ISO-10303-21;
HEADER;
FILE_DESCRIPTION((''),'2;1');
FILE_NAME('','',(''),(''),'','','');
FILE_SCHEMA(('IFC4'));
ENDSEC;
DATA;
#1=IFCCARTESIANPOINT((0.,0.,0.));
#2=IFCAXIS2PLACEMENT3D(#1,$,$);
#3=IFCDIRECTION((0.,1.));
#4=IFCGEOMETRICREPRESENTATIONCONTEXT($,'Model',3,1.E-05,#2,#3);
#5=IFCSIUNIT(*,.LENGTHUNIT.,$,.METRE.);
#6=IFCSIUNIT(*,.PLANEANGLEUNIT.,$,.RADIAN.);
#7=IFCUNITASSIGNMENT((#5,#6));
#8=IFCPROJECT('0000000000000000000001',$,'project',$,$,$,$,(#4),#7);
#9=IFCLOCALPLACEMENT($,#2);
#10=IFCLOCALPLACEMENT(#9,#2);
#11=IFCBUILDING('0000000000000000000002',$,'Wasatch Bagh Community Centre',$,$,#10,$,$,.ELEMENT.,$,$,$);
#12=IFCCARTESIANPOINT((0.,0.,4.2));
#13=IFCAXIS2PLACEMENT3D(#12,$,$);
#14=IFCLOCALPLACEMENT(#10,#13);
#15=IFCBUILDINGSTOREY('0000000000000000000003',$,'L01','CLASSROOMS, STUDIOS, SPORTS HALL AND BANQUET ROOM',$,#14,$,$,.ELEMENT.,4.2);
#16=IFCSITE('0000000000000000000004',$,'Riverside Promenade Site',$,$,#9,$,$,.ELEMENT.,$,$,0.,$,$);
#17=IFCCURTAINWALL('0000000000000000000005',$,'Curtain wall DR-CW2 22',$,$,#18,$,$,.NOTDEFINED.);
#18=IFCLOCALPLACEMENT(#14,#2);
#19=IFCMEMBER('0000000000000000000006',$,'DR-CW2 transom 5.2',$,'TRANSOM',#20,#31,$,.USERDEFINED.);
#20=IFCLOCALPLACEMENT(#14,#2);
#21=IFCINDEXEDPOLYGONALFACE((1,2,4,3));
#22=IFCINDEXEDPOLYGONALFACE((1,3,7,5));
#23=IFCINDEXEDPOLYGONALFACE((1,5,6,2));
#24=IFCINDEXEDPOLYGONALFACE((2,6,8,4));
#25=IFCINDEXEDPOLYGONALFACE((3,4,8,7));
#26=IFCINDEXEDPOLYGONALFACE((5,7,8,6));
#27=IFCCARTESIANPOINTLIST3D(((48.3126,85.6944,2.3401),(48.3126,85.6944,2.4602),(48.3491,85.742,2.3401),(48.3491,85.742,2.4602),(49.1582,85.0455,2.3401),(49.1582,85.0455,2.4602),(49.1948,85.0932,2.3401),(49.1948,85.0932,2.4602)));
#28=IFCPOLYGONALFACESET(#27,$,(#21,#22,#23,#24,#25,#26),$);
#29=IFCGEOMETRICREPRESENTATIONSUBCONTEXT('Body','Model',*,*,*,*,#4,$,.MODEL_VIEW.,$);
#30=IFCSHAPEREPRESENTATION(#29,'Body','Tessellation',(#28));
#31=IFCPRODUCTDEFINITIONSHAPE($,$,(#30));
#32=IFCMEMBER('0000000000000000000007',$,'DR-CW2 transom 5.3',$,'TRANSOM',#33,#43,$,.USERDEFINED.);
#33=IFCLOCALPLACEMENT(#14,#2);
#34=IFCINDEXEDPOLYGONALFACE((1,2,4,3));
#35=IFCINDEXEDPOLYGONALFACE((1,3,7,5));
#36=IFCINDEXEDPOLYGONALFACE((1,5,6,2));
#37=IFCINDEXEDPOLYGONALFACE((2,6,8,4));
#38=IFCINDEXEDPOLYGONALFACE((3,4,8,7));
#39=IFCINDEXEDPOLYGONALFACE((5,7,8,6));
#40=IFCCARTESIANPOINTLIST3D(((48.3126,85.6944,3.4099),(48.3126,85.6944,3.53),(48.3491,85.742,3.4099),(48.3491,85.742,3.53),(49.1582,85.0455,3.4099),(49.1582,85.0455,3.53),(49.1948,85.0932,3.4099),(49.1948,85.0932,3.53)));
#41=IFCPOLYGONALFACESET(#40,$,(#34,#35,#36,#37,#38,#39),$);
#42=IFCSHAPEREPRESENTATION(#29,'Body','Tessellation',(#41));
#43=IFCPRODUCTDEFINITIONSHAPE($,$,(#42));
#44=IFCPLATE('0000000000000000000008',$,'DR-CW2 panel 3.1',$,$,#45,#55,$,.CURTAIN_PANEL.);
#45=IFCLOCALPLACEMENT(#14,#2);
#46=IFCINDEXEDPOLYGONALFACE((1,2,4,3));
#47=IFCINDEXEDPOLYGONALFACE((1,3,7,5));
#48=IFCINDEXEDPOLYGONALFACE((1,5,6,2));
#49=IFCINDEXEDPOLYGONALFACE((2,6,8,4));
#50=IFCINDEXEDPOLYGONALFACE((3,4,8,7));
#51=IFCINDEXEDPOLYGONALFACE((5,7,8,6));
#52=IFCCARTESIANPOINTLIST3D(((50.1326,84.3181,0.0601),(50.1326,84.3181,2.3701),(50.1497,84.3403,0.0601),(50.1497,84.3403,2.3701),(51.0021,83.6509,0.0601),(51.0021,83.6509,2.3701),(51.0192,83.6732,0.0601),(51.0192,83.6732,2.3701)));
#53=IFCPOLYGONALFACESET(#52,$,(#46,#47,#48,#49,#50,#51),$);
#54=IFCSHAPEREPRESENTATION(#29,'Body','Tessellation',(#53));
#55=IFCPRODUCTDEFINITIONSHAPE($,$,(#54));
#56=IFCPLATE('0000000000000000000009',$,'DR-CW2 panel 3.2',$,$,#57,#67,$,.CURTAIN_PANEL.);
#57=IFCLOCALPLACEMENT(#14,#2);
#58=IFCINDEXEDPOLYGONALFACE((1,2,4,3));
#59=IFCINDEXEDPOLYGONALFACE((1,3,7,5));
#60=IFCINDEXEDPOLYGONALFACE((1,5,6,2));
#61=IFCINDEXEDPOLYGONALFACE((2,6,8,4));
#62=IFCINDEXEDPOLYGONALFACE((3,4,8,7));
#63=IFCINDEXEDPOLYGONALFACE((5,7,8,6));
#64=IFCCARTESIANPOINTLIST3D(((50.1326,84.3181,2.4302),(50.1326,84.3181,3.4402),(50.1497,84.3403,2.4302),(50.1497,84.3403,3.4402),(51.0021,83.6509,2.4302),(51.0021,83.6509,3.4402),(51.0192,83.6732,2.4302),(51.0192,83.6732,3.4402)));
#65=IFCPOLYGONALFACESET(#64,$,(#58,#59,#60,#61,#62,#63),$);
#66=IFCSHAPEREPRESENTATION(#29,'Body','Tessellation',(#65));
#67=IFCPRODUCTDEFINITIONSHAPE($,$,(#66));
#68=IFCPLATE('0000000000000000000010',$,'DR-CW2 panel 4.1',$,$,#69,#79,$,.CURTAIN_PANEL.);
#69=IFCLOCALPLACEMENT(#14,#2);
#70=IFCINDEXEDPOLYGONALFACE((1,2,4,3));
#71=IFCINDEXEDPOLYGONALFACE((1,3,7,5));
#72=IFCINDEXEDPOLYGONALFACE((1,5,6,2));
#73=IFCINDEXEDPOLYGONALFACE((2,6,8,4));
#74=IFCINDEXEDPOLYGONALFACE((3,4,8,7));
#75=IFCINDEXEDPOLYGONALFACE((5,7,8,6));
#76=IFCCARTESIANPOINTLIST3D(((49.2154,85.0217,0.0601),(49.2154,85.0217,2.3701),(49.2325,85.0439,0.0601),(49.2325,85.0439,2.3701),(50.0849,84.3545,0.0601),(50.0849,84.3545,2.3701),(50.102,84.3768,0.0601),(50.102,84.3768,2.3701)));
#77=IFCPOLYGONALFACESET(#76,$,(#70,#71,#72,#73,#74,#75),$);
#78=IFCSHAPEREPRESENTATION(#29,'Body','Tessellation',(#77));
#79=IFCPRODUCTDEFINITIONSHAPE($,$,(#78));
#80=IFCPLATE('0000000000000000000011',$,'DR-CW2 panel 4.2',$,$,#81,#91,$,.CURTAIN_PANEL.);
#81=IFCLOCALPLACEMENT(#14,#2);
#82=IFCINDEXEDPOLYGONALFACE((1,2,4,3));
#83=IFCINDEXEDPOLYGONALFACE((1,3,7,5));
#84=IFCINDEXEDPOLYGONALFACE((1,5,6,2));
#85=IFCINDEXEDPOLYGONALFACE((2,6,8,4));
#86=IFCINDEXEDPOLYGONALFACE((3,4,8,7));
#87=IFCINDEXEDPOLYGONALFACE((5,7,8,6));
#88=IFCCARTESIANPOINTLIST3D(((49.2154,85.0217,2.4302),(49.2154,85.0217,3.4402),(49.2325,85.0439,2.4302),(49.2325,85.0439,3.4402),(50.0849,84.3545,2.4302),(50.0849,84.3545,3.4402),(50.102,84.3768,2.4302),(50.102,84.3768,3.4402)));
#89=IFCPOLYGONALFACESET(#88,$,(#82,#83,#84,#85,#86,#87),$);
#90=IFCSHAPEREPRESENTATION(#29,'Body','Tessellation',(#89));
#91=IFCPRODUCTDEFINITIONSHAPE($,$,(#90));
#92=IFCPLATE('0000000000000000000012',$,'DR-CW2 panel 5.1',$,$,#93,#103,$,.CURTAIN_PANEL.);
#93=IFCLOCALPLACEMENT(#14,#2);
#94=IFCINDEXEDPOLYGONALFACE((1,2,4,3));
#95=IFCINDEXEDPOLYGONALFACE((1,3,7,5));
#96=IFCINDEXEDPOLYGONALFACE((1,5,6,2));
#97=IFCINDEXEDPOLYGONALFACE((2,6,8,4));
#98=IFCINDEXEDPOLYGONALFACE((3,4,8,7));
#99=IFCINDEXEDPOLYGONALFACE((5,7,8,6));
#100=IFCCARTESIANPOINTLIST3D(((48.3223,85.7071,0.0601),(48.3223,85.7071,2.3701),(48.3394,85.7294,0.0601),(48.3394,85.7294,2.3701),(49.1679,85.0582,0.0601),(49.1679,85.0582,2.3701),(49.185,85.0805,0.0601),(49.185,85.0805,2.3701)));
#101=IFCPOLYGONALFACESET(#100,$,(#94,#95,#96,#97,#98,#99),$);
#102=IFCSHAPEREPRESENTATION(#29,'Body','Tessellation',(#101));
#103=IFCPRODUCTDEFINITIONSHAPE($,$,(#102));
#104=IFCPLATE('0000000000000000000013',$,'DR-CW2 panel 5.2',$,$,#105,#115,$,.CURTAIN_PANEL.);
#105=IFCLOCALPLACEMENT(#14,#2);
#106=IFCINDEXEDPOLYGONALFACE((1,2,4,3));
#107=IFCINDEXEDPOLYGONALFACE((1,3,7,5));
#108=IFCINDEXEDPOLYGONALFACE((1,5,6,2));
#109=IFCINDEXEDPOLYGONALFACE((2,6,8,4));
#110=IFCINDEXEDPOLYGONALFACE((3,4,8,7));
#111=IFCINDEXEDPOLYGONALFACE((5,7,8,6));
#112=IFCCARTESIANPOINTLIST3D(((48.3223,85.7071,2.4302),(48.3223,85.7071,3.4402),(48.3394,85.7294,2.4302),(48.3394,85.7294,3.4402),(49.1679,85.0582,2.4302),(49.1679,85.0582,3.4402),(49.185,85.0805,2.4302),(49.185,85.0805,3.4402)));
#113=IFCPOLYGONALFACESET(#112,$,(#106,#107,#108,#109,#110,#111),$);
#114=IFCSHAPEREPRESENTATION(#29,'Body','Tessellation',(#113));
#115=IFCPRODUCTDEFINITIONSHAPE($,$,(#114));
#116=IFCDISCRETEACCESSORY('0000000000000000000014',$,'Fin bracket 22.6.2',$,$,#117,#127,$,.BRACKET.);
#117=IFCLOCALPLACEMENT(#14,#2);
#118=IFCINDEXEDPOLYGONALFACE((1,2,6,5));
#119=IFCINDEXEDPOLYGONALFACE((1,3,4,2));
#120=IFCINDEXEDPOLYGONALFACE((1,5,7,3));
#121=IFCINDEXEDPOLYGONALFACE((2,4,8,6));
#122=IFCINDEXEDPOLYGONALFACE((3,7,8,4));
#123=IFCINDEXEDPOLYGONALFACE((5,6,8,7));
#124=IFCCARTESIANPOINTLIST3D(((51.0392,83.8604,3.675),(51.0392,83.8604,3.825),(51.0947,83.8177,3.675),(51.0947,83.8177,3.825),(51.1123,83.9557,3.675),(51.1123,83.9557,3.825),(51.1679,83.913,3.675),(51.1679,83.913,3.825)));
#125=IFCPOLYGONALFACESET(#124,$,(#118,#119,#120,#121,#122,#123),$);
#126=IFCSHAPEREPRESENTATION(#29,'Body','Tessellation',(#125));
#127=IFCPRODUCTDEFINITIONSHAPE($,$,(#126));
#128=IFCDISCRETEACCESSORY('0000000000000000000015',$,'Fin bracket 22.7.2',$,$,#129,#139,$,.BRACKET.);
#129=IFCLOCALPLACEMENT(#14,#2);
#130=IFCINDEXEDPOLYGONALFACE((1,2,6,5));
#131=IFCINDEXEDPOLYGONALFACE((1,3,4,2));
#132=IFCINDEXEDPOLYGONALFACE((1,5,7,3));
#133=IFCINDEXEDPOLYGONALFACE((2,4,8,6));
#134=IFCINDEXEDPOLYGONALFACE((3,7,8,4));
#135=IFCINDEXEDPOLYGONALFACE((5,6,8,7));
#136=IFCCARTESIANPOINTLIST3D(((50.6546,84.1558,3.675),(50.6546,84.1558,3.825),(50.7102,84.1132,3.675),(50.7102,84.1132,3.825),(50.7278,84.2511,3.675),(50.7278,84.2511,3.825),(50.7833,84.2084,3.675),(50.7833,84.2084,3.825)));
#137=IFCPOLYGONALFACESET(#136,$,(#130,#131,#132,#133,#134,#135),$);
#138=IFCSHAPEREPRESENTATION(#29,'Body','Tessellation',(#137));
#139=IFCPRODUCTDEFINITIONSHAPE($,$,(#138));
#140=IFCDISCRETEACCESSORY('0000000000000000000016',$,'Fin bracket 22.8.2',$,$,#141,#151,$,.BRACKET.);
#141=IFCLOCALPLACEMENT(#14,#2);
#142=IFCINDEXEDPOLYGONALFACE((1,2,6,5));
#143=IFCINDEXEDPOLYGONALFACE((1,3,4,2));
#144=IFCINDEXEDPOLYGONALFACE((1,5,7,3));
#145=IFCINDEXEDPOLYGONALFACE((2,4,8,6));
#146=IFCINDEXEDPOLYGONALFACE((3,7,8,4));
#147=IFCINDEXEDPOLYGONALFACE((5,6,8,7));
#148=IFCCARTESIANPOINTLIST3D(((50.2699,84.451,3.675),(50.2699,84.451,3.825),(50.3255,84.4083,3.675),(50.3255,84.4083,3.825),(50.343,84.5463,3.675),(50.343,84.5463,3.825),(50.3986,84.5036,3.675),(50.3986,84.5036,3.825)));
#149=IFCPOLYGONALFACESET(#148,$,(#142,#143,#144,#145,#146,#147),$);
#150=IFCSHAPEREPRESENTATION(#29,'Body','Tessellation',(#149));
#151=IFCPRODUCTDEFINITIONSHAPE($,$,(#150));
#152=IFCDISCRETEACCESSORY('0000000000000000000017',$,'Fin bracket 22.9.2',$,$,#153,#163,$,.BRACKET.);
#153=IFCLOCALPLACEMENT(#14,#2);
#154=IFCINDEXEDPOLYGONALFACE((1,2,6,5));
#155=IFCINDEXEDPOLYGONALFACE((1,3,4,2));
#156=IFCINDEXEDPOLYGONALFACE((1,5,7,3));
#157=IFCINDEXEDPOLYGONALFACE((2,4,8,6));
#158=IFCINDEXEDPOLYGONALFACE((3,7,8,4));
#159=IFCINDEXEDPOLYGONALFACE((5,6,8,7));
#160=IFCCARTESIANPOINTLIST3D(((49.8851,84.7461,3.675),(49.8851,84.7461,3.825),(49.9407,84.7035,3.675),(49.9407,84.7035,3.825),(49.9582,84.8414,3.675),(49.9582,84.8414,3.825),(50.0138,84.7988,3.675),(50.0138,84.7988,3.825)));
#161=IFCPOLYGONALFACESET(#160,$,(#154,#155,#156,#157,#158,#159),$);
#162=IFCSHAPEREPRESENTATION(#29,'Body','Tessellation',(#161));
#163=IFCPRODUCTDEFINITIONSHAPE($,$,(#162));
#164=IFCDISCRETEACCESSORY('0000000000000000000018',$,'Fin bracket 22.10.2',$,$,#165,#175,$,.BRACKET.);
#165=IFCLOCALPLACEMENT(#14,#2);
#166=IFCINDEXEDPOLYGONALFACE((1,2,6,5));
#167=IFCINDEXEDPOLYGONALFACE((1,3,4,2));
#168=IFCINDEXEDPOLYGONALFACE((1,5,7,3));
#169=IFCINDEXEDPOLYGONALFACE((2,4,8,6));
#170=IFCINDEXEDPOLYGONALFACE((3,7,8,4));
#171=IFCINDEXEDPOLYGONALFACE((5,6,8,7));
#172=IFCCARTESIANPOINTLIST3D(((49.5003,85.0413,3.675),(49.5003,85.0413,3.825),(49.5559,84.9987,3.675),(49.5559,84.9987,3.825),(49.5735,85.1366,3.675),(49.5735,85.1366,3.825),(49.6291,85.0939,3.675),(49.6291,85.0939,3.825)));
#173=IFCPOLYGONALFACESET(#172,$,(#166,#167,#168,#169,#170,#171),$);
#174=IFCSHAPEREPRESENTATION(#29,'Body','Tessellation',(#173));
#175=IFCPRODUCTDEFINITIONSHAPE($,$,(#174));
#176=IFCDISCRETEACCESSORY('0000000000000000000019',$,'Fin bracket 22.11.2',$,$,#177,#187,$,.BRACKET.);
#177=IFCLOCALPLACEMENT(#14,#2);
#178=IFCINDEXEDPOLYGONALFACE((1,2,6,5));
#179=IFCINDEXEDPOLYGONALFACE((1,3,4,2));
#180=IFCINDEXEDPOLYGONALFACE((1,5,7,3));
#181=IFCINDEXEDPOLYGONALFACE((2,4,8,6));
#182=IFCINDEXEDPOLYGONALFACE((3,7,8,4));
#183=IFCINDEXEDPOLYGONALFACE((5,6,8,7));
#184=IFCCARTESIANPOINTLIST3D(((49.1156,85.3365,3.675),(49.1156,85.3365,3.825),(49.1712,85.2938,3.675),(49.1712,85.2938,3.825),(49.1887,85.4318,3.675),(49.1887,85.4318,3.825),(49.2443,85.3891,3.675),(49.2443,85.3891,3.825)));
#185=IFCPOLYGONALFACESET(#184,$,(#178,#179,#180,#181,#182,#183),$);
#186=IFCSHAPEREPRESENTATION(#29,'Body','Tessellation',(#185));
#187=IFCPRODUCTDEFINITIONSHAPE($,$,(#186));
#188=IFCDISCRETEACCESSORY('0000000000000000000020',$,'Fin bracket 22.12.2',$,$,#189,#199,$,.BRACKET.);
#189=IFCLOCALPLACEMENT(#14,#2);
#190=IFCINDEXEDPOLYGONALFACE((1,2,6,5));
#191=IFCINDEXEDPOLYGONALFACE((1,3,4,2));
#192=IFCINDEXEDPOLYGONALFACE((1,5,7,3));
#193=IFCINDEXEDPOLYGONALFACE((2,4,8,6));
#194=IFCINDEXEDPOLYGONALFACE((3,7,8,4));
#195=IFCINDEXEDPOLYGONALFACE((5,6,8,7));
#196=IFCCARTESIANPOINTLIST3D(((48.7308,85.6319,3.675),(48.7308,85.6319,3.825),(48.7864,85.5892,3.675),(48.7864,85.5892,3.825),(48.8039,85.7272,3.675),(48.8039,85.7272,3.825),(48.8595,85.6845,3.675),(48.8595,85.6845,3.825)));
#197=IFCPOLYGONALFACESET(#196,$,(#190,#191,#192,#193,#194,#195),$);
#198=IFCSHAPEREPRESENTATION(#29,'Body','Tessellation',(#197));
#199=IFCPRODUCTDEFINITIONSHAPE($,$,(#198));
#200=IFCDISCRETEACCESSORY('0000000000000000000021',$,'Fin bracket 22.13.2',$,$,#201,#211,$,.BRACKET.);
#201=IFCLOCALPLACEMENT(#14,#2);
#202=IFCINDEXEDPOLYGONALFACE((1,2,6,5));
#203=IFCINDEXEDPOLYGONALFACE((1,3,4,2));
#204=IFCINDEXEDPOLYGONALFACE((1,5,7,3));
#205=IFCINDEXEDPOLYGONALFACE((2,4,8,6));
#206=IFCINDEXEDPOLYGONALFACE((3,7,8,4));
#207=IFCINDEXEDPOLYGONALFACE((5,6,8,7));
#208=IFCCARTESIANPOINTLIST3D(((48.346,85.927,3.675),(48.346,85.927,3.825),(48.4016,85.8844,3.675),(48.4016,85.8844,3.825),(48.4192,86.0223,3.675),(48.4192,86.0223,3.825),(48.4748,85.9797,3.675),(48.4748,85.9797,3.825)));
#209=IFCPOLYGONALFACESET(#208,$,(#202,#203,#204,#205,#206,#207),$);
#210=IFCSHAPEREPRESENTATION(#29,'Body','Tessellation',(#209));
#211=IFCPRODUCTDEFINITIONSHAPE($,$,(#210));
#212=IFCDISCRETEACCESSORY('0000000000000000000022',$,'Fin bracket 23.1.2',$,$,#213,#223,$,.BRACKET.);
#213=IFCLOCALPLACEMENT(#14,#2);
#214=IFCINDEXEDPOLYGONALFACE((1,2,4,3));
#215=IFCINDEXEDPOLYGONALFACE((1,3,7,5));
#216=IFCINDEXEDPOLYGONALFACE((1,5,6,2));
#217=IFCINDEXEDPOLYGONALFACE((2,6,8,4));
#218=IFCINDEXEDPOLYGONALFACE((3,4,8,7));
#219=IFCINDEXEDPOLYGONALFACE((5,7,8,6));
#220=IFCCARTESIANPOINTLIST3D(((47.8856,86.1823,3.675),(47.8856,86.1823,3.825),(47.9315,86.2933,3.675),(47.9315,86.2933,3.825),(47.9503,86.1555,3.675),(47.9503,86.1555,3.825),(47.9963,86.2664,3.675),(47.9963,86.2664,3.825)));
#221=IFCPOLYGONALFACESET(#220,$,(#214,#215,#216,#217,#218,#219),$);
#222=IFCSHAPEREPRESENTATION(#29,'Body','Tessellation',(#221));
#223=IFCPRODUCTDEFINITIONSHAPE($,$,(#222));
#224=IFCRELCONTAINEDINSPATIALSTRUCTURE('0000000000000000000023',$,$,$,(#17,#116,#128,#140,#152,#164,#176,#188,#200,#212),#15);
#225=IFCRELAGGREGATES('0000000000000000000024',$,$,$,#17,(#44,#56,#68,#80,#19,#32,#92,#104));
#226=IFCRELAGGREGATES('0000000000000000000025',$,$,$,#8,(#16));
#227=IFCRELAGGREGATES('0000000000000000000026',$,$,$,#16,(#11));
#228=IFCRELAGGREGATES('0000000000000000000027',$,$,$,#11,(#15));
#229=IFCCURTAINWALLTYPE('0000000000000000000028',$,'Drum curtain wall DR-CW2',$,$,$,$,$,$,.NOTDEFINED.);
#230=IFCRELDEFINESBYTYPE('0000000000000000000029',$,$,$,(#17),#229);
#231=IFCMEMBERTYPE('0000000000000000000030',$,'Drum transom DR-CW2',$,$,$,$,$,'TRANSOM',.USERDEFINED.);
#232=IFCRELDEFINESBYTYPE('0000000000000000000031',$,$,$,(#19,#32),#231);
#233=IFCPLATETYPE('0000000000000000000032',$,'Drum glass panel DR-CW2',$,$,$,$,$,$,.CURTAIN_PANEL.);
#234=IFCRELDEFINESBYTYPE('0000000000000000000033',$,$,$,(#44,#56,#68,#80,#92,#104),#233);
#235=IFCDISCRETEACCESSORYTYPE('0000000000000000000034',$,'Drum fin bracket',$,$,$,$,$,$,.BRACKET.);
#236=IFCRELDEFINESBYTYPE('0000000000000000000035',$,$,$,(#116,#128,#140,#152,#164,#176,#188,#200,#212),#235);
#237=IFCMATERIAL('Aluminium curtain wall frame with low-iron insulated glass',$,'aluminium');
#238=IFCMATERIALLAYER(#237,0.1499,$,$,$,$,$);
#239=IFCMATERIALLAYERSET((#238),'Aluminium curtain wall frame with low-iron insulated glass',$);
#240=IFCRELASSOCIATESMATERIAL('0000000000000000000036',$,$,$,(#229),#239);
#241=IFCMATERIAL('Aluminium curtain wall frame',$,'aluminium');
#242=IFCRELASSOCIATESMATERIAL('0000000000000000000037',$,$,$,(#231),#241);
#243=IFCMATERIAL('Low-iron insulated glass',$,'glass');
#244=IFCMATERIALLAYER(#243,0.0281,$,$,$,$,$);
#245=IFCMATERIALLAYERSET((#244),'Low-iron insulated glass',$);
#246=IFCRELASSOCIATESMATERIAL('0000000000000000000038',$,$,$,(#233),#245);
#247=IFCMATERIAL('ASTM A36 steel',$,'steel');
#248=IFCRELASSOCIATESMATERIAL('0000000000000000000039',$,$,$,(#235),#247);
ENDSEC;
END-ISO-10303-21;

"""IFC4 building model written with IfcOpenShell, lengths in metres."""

from ifc_helpers import new_model, si_unit, direction, frame, origin, origin_2d, place, context, subcontext, project, spatial, rectangle, extrude, material, layer, layer_set, material_profile, profile_set, type_object, element, aggregate, save


model = new_model("IFC4")

# Units and contexts
model_context = context("Model", 3, precision=1e-05, world=origin(), true_north=direction((0.0, 1.0)))
body_context = subcontext(model_context, "Body", "Model", "MODEL_VIEW")
ifc_project = project(units=[si_unit("LENGTHUNIT", "METRE"), si_unit("PLANEANGLEUNIT", "RADIAN")], contexts=[model_context])

# Site, building, storey
site_placement = place(None, origin())
site = spatial("IfcSite", under=ifc_project, at=site_placement, Name="Riverside Promenade Site", CompositionType="ELEMENT", RefElevation=0.0)
building_placement = place(site_placement, origin())
building = spatial("IfcBuilding", under=site, at=building_placement, Name="Wasatch Bagh Community Centre", CompositionType="ELEMENT")
storey_placement = place(building_placement, frame((0.0, 0.0, 4.2)))
storey = spatial("IfcBuildingStorey", under=building, at=storey_placement, Name="L01", Description="CLASSROOMS, STUDIOS, SPORTS HALL AND BANQUET ROOM", CompositionType="ELEMENT", Elevation=4.2)

# Curtain wall
ifc_material_1 = material(Name="Aluminium curtain wall frame with low-iron insulated glass", Category="aluminium")
ifc_layer_1 = layer(ifc_material_1, 0.1499)
ifc_layer_set_1 = layer_set([ifc_layer_1], Name="Aluminium curtain wall frame with low-iron insulated glass")
curtain_wall_type = type_object("IfcCurtainWallType", Name="Drum curtain wall DR-CW2", PredefinedType="NOTDEFINED", material=ifc_layer_set_1)
curtain_wall_1_placement = place(storey_placement, origin())
curtain_wall_1 = element("IfcCurtainWall", 1, at=curtain_wall_1_placement, inside=storey, type_object=curtain_wall_type, Name="Curtain wall DR-CW2 22", PredefinedType="NOTDEFINED")
ifc_material_2 = material(Name="Aluminium curtain wall frame", Category="aluminium")

# Members
ifc_material_profile_1 = material_profile(ifc_material_2, rectangle(XDim=0.0601, YDim=0.1201, at=origin_2d()), Name="Drum transom DR-CW2")
ifc_profile_set_1 = profile_set([ifc_material_profile_1], Name="Aluminium curtain wall frame")
member_type_1 = type_object("IfcMemberType", Name="Drum transom DR-CW2", ElementType="TRANSOM", PredefinedType="USERDEFINED", material=ifc_profile_set_1)
member_1_placement = place(storey_placement, frame((49.1765, 85.0693, 2.4001), z_axis=(-0.793356, 0.608758, 0.0), x_axis=(-0.608758, -0.793356, 0.0)))
member_1 = element("IfcMember", 2, at=member_1_placement, type_object=member_type_1, Name="DR-CW2 transom 5.2", ObjectType="TRANSOM", PredefinedType="USERDEFINED", context=body_context, shape_type="SweptSolid", body=[
    extrude(rectangle(XDim=0.0601, YDim=0.1201, at=origin_2d()), origin(), (0.0, 0.0, 1.0), 1.0659),
])
member_2_placement = place(storey_placement, frame((49.1765, 85.0693, 3.47), z_axis=(-0.793356, 0.608758, 0.0), x_axis=(-0.608758, -0.793356, 0.0)))
member_2 = element("IfcMember", 3, at=member_2_placement, type_object=member_type_1, Name="DR-CW2 transom 5.3", ObjectType="TRANSOM", PredefinedType="USERDEFINED", context=body_context, shape_type="SweptSolid", body=[
    extrude(rectangle(XDim=0.0601, YDim=0.1201, at=origin_2d()), origin(), (0.0, 0.0, 1.0), 1.0659),
])

# Plates
ifc_material_3 = material(Name="Low-iron insulated glass", Category="glass")
ifc_layer_2 = layer(ifc_material_3, 0.0281)
ifc_layer_set_2 = layer_set([ifc_layer_2], Name="Low-iron insulated glass")
plate_type = type_object("IfcPlateType", Name="Drum glass panel DR-CW2", PredefinedType="CURTAIN_PANEL", material=ifc_layer_set_2)
plate_1_placement = place(storey_placement, frame((50.5759, 83.9956, 0.0601), z_axis=(0.0, 0.0, 1.0), x_axis=(-0.793353, 0.608761, 0.0)))
plate_1 = element("IfcPlate", 4, at=plate_1_placement, type_object=plate_type, Name="DR-CW2 panel 3.1", PredefinedType="CURTAIN_PANEL", context=body_context, shape_type="SweptSolid", body=[
    extrude(rectangle(XDim=1.0959, YDim=0.0281, at=origin_2d()), origin(), (0.0, 0.0, 1.0), 2.3101),
])
plate_2_placement = place(storey_placement, frame((50.5759, 83.9956, 2.4302), z_axis=(0.0, 0.0, 1.0), x_axis=(-0.793353, 0.608761, 0.0)))
plate_2 = element("IfcPlate", 5, at=plate_2_placement, type_object=plate_type, Name="DR-CW2 panel 3.2", PredefinedType="CURTAIN_PANEL", context=body_context, shape_type="SweptSolid", body=[
    extrude(rectangle(XDim=1.0959, YDim=0.0281, at=origin_2d()), origin(), (0.0, 0.0, 1.0), 1.01),
])
plate_3_placement = place(storey_placement, frame((49.6587, 84.6992, 0.0601), z_axis=(0.0, 0.0, 1.0), x_axis=(-0.793353, 0.608761, 0.0)))
plate_3 = element("IfcPlate", 6, at=plate_3_placement, type_object=plate_type, Name="DR-CW2 panel 4.1", PredefinedType="CURTAIN_PANEL", context=body_context, shape_type="SweptSolid", body=[
    extrude(rectangle(XDim=1.0959, YDim=0.0281, at=origin_2d()), origin(), (0.0, 0.0, 1.0), 2.3101),
])
plate_4_placement = place(storey_placement, frame((49.6587, 84.6992, 2.4302), z_axis=(0.0, 0.0, 1.0), x_axis=(-0.793353, 0.608761, 0.0)))
plate_4 = element("IfcPlate", 7, at=plate_4_placement, type_object=plate_type, Name="DR-CW2 panel 4.2", PredefinedType="CURTAIN_PANEL", context=body_context, shape_type="SweptSolid", body=[
    extrude(rectangle(XDim=1.0959, YDim=0.0281, at=origin_2d()), origin(), (0.0, 0.0, 1.0), 1.01),
])
plate_5_placement = place(storey_placement, frame((48.7537, 85.3938, 0.0601), z_axis=(0.0, 0.0, 1.0), x_axis=(-0.793353, 0.608761, 0.0)))
plate_5 = element("IfcPlate", 8, at=plate_5_placement, type_object=plate_type, Name="DR-CW2 panel 5.1", PredefinedType="CURTAIN_PANEL", context=body_context, shape_type="SweptSolid", body=[
    extrude(rectangle(XDim=1.0659, YDim=0.0281, at=origin_2d()), origin(), (0.0, 0.0, 1.0), 2.3101),
])
plate_6_placement = place(storey_placement, frame((48.7537, 85.3938, 2.4302), z_axis=(0.0, 0.0, 1.0), x_axis=(-0.793353, 0.608761, 0.0)))
plate_6 = element("IfcPlate", 9, at=plate_6_placement, type_object=plate_type, Name="DR-CW2 panel 5.2", PredefinedType="CURTAIN_PANEL", context=body_context, shape_type="SweptSolid", body=[
    extrude(rectangle(XDim=1.0659, YDim=0.0281, at=origin_2d()), origin(), (0.0, 0.0, 1.0), 1.01),
])
aggregate(curtain_wall_1, [plate_1, plate_2, plate_3, plate_4, member_1, member_2, plate_5, plate_6])

# Discrete accessories
ifc_material_4 = material(Name="ASTM A36 steel", Category="steel")
discrete_accessory_type = type_object("IfcDiscreteAccessoryType", Name="Drum fin bracket", PredefinedType="BRACKET", material=ifc_material_4)
for number, where, z_axis, x_axis, name in (
    (10, (51.1035, 83.8867, 3.675), (0.0, 0.0, 1.0), (-0.793353, 0.608761, 0.0), "Fin bracket 22.6.2"),
    (11, (50.719, 84.1821, 3.675), (0.0, 0.0, 1.0), (-0.793353, 0.608761, 0.0), "Fin bracket 22.7.2"),
    (12, (50.3342, 84.4773, 3.675), (0.0, 0.0, 1.0), (-0.793353, 0.608761, 0.0), "Fin bracket 22.8.2"),
    (13, (49.9495, 84.7725, 3.675), (0.0, 0.0, 1.0), (-0.793353, 0.608761, 0.0), "Fin bracket 22.9.2"),
    (14, (49.5647, 85.0676, 3.675), (0.0, 0.0, 1.0), (-0.793353, 0.608761, 0.0), "Fin bracket 22.10.2"),
    (15, (49.1799, 85.3628, 3.675), (0.0, 0.0, 1.0), (-0.793353, 0.608761, 0.0), "Fin bracket 22.11.2"),
    (16, (48.7952, 85.6582, 3.675), (0.0, 0.0, 1.0), (-0.793353, 0.608761, 0.0), "Fin bracket 22.12.2"),
    (17, (48.4104, 85.9534, 3.675), (0.0, 0.0, 1.0), (-0.793353, 0.608761, 0.0), "Fin bracket 22.13.2"),
    (18, (47.9409, 86.2244, 3.675), (0.0, 0.0, 1.0), (-0.92388, 0.382683, 0.0), "Fin bracket 23.1.2"),
):
    element("IfcDiscreteAccessory", number, at=place(storey_placement, frame(where, z_axis=z_axis, x_axis=x_axis)), inside=storey, type_object=discrete_accessory_type, Name=name, PredefinedType="BRACKET", context=body_context, shape_type="SweptSolid", body=[
        extrude(rectangle(XDim=0.0701, YDim=0.1201, at=origin_2d()), origin(), (0.0, 0.0, 1.0), 0.1499),
    ])

save(model, "model.ifc")
